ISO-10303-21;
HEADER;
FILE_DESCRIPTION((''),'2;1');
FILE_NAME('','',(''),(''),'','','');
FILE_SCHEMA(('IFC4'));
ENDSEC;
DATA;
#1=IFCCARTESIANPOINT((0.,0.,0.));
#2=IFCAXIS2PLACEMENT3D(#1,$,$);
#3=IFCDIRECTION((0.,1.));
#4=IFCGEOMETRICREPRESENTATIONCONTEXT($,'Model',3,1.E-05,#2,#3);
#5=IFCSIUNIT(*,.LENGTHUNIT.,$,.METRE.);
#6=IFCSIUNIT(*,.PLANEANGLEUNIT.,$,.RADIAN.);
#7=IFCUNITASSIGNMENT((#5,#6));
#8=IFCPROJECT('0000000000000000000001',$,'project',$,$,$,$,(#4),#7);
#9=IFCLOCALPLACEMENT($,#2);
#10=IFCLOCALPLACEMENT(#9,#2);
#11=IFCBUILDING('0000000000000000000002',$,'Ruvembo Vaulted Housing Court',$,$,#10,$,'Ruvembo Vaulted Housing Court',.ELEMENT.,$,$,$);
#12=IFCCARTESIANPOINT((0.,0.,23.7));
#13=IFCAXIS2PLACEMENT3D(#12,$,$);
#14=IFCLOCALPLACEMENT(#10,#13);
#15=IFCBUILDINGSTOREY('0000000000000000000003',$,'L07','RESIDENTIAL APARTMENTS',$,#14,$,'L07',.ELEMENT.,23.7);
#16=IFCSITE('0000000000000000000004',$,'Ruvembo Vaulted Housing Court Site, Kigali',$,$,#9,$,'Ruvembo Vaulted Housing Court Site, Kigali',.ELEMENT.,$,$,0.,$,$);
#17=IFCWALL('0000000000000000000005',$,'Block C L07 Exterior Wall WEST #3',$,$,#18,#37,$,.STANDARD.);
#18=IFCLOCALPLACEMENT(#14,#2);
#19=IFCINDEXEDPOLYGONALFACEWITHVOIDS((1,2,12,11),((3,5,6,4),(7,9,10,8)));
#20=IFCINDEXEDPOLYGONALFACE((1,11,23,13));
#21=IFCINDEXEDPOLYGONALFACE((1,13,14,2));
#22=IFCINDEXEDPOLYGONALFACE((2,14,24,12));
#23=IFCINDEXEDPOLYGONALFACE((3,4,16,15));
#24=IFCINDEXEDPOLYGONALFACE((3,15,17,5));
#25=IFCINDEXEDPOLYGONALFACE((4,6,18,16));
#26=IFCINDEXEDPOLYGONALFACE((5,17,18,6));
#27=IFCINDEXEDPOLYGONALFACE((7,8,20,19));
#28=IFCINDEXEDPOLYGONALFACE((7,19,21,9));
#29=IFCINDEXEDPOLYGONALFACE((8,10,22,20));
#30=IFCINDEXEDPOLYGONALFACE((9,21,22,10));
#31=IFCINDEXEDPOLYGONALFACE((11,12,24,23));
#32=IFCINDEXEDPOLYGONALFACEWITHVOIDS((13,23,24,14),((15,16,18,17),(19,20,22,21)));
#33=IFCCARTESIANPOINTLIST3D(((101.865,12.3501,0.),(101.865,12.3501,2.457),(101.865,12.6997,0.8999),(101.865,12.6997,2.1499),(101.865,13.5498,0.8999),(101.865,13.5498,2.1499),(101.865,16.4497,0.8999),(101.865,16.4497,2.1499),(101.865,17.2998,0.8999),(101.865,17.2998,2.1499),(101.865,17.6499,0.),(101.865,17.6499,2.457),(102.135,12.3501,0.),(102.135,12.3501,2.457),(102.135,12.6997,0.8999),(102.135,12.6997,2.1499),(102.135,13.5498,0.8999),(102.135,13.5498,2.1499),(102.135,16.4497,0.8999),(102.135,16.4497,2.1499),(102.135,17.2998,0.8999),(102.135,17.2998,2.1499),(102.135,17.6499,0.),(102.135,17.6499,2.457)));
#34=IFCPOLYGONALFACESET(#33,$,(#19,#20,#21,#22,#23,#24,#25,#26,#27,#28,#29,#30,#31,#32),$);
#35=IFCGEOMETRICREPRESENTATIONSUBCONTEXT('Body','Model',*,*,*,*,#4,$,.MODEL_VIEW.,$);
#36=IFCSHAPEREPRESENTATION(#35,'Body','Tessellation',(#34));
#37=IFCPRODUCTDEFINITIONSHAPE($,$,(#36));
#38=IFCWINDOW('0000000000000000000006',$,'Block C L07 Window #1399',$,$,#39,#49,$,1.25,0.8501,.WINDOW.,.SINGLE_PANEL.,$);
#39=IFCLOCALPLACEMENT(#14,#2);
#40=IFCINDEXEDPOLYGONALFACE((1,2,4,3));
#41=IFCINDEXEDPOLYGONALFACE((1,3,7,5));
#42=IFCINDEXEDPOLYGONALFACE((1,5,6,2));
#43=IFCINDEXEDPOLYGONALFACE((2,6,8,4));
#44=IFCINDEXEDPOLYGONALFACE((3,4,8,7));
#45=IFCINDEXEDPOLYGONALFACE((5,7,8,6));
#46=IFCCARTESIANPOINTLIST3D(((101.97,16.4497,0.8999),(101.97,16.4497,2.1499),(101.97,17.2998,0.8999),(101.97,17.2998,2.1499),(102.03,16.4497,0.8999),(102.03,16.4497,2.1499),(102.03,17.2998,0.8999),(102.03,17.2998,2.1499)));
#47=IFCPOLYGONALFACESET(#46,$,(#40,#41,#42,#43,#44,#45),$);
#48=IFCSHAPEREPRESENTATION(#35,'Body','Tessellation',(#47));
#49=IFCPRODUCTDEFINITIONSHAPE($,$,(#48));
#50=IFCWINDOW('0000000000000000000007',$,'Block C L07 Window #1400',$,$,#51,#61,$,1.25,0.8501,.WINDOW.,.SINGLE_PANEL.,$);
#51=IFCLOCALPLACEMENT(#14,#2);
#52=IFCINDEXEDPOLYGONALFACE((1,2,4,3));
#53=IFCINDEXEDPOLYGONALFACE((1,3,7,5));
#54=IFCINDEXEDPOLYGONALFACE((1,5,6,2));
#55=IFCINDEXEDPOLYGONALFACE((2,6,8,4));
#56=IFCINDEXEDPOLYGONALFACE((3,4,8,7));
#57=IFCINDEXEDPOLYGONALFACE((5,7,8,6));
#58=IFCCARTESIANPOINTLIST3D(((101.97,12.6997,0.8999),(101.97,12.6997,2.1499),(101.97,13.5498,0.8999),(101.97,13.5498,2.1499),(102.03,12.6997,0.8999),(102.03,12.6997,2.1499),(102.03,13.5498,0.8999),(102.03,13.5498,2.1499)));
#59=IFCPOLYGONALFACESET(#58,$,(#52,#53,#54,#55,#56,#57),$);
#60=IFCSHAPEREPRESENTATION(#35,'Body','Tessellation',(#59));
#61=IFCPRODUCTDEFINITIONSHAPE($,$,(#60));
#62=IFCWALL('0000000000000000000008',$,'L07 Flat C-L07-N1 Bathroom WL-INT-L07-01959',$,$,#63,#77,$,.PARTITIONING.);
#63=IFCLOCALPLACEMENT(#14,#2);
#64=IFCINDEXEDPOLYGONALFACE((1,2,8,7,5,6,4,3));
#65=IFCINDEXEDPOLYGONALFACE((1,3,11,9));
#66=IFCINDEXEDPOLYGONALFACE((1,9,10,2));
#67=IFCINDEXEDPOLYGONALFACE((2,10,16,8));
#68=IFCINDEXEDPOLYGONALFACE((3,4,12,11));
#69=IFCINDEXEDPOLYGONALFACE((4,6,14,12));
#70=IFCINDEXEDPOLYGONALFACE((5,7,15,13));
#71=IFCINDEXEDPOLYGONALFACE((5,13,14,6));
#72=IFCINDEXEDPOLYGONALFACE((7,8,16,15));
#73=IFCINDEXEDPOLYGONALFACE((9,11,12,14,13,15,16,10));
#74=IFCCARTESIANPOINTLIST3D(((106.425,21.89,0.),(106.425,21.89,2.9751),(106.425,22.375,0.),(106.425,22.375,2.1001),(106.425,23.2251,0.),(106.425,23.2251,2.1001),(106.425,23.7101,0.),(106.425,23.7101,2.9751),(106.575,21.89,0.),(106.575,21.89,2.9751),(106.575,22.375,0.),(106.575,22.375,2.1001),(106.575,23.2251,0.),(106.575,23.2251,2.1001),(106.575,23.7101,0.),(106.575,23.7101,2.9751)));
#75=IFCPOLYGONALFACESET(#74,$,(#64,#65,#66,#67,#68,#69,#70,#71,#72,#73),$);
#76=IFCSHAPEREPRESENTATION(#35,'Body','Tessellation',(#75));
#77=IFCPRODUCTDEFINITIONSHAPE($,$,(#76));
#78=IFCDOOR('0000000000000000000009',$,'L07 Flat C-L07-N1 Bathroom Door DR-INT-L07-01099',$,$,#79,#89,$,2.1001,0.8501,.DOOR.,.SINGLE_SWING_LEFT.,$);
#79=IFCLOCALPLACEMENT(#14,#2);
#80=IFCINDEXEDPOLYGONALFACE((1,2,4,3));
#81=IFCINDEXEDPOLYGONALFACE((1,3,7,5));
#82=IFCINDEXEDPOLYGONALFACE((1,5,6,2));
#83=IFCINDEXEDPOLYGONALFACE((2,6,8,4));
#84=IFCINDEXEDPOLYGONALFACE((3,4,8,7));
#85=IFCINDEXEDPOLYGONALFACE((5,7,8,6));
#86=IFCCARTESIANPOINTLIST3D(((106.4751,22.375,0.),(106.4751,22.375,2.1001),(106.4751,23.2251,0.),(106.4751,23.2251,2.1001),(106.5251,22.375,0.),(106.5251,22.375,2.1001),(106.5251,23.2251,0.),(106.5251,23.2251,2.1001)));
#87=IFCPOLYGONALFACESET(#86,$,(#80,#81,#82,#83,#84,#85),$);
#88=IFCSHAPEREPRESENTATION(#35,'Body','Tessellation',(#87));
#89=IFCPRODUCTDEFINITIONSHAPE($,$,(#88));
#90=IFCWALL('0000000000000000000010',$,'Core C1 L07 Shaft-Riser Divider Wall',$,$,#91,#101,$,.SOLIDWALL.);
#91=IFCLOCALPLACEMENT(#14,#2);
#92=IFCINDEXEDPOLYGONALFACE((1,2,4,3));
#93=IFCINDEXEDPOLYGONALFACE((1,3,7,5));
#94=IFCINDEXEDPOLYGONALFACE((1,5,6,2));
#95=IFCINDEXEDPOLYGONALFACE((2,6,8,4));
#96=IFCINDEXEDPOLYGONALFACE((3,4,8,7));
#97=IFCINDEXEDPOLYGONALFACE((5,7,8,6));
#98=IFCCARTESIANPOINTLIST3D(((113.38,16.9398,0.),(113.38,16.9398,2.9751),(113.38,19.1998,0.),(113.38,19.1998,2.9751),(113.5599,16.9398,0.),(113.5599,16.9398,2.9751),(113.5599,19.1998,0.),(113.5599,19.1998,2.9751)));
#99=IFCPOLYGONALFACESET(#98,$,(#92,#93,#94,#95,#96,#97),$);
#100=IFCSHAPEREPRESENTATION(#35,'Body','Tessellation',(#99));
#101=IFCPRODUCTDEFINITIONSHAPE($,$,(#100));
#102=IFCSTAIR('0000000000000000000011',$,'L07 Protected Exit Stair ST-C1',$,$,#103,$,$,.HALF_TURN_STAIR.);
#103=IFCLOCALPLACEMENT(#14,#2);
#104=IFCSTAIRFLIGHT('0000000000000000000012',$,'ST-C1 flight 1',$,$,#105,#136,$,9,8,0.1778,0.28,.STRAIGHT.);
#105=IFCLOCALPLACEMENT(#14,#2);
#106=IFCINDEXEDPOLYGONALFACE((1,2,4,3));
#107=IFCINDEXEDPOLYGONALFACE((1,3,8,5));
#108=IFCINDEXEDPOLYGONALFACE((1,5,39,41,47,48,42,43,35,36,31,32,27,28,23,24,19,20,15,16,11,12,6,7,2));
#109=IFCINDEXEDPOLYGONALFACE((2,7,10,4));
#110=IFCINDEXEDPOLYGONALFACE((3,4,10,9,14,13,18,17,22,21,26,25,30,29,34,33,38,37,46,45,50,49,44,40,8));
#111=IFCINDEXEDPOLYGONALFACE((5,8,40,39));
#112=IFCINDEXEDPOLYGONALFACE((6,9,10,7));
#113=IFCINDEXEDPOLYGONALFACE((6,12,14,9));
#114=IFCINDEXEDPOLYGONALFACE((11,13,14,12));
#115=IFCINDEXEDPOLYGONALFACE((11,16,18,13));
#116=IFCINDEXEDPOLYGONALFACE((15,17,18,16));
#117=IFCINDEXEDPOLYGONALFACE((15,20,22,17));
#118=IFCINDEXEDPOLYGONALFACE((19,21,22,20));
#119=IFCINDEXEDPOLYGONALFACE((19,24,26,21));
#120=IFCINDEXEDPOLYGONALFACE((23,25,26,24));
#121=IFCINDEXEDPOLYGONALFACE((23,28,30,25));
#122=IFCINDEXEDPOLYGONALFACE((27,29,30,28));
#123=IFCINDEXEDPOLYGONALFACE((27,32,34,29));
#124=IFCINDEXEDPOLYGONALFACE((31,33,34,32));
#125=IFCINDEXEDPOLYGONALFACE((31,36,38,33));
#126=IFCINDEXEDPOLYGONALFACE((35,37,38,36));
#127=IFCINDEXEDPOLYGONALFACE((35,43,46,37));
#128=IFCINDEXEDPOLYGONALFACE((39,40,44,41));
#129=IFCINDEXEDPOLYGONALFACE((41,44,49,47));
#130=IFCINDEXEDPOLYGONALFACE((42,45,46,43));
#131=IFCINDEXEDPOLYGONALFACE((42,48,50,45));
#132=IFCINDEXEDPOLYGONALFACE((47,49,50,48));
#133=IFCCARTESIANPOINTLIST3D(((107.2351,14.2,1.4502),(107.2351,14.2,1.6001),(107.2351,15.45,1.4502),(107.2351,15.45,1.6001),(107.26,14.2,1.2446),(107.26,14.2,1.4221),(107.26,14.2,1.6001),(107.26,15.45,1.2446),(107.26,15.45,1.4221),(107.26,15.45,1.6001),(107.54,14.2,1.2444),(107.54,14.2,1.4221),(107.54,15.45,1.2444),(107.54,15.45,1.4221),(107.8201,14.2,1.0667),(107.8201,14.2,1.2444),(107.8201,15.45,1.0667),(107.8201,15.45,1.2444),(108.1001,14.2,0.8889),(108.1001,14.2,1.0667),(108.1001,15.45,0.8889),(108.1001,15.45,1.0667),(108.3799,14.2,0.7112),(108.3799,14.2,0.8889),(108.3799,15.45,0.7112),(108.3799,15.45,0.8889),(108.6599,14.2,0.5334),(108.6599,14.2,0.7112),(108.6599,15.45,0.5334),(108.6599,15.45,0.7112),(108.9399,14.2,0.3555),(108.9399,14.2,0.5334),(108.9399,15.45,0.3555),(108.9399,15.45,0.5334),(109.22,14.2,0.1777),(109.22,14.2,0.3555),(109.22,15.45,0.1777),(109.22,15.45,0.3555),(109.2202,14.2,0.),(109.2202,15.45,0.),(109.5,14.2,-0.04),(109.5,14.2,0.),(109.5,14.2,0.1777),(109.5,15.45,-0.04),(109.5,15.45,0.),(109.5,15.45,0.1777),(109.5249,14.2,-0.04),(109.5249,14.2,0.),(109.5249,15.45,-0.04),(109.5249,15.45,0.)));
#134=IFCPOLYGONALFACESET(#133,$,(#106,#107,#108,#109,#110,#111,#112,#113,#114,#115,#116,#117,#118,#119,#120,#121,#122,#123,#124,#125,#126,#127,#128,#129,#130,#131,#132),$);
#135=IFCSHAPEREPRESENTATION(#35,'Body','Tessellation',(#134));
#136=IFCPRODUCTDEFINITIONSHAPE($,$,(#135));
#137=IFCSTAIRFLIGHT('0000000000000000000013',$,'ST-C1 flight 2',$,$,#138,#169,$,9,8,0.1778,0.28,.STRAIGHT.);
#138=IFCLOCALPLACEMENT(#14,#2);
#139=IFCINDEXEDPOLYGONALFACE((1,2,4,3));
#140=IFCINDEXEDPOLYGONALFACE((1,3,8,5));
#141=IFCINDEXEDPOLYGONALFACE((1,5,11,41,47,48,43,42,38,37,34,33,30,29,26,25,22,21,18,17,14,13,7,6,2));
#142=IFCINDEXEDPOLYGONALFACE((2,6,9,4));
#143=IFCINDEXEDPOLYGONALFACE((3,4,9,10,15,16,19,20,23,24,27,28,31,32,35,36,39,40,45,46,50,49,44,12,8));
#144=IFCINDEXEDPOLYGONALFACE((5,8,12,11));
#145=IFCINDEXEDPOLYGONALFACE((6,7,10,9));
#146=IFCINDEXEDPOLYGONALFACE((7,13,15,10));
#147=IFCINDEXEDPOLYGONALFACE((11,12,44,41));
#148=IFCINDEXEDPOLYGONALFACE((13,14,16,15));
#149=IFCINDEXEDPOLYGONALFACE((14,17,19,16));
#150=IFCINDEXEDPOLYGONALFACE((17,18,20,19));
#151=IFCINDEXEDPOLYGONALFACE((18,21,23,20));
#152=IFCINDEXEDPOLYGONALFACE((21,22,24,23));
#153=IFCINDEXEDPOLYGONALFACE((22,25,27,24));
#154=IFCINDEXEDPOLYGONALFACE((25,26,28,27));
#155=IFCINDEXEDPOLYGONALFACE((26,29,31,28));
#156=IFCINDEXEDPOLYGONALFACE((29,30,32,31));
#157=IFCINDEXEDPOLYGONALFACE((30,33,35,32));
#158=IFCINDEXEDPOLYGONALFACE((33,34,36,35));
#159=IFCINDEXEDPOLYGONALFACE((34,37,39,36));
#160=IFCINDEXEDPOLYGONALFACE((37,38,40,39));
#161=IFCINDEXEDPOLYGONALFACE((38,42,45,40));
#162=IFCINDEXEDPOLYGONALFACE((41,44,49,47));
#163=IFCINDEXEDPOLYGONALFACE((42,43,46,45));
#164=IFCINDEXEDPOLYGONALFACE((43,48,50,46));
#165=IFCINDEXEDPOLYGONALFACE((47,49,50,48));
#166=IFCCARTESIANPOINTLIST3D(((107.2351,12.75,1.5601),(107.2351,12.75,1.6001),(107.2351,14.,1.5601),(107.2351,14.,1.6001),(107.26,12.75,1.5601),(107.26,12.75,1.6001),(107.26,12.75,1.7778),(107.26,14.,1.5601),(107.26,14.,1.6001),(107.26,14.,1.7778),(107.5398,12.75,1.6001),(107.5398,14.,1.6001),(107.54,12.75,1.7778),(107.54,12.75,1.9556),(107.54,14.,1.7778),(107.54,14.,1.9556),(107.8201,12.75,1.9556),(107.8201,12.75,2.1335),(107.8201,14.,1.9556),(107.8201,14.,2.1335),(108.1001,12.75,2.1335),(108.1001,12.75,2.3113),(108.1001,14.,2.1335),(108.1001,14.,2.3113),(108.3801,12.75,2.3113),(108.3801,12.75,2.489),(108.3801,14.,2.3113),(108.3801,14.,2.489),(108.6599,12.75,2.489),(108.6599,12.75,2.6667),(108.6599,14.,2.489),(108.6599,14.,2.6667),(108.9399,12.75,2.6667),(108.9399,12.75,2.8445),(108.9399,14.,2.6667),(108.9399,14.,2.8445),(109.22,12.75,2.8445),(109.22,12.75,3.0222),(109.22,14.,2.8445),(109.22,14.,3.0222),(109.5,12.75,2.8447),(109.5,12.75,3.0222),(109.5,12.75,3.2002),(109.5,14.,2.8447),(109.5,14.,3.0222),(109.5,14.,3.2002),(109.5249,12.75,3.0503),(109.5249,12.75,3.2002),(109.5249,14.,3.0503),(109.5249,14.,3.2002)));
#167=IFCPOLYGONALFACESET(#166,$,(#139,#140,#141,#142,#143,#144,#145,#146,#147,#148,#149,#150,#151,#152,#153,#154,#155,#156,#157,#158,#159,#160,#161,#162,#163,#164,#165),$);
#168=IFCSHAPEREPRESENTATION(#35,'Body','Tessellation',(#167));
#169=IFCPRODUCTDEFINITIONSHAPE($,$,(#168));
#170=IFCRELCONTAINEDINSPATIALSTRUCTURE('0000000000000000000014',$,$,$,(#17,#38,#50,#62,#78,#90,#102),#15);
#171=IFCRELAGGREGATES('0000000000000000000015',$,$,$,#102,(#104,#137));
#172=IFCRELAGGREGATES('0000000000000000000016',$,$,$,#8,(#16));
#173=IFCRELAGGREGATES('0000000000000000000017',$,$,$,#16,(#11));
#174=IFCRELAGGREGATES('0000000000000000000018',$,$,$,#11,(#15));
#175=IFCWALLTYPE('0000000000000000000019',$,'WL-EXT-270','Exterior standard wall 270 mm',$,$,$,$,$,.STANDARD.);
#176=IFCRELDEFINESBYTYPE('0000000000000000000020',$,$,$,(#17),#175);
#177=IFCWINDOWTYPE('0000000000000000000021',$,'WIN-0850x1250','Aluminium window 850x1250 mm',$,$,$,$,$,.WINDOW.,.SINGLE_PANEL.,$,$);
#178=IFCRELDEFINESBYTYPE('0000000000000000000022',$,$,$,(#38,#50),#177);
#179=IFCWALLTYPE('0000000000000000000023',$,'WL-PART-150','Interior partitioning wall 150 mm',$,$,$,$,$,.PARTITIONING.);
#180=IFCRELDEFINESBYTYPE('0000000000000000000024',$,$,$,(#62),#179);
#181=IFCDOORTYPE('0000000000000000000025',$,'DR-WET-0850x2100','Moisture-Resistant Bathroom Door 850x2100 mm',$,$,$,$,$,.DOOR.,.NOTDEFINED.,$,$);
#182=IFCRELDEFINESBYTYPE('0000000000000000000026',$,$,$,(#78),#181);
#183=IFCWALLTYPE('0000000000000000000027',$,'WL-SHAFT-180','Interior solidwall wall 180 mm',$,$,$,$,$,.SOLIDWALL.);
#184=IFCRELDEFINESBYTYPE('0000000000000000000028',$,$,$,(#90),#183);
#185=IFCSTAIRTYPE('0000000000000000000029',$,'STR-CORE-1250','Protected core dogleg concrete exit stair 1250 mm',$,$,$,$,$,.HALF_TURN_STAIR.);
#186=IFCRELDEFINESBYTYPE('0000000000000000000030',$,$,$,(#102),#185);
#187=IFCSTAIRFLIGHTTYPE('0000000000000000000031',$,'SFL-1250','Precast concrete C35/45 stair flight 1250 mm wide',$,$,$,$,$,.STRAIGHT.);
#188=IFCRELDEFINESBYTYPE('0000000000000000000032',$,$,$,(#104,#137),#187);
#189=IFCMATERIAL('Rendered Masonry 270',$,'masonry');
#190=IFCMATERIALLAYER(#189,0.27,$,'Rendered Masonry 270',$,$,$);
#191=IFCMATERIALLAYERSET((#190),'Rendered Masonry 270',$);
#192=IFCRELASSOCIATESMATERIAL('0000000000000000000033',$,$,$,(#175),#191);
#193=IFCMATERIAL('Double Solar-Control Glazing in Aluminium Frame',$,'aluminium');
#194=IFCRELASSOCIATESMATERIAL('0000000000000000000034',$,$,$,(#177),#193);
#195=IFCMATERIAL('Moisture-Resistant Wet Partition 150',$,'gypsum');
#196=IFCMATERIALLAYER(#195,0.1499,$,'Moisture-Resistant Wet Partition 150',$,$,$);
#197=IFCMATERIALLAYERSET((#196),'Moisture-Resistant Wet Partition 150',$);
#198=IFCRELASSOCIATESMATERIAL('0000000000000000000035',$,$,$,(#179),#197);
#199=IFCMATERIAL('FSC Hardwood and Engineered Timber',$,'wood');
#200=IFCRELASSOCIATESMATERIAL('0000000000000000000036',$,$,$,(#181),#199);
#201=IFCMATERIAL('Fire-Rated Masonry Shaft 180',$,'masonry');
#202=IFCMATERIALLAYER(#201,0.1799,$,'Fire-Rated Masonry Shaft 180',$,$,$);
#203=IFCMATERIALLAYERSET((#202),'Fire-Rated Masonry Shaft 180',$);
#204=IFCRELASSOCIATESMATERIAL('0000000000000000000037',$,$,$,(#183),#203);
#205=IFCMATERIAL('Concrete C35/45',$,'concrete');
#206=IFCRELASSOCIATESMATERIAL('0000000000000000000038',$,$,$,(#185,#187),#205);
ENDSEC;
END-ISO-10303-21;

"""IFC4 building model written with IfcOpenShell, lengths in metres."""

from ifc_helpers import new_model, si_unit, direction, frame, frame_2d, origin, place, context, subcontext, project, spatial, polyline, rectangle, outline, extrude, material, layer, layer_set, type_object, element, fill, aggregate, save


model = new_model("IFC4")

# Units and contexts
model_context = context("Model", 3, precision=1e-05, world=origin(), true_north=direction((0.0, 1.0)))
body_context = subcontext(model_context, "Body", "Model", "MODEL_VIEW")
ifc_project = project(units=[si_unit("LENGTHUNIT", "METRE"), si_unit("PLANEANGLEUNIT", "RADIAN")], contexts=[model_context])

# Site, building, storey
site_placement = place(None, origin())
site = spatial("IfcSite", under=ifc_project, at=site_placement, Name="Ruvembo Vaulted Housing Court Site, Kigali", LongName="Ruvembo Vaulted Housing Court Site, Kigali", CompositionType="ELEMENT", RefElevation=0.0)
building_placement = place(site_placement, origin())
building = spatial("IfcBuilding", under=site, at=building_placement, Name="Ruvembo Vaulted Housing Court", LongName="Ruvembo Vaulted Housing Court", CompositionType="ELEMENT")
storey_placement = place(building_placement, frame((0.0, 0.0, 23.7)))
storey = spatial("IfcBuildingStorey", under=building, at=storey_placement, Name="L07", Description="RESIDENTIAL APARTMENTS", LongName="L07", CompositionType="ELEMENT", Elevation=23.7)

# Shared definitions
ifc_material_1 = material(Name="Concrete C35/45", Category="concrete")

# Shared definitions
ifc_material_2 = material(Name="FSC Hardwood and Engineered Timber", Category="wood")

# Wall, openings, windows
ifc_material_3 = material(Name="Rendered Masonry 270", Category="masonry")
ifc_layer_1 = layer(ifc_material_3, 0.27, Name="Rendered Masonry 270")
ifc_layer_set_1 = layer_set([ifc_layer_1], Name="Rendered Masonry 270")
wall_type_1 = type_object("IfcWallType", Name="WL-EXT-270", Description="Exterior standard wall 270 mm", PredefinedType="STANDARD", material=ifc_layer_set_1)
wall_1_placement = place(storey_placement, frame((102.0, 17.6499, 0.0), z_axis=(0.0, 0.0, 1.0), x_axis=(0.0, -1.0, 0.0)))
wall_1 = element("IfcWall", 1, at=wall_1_placement, inside=storey, type_object=wall_type_1, Name="Block C L07 Exterior Wall WEST #3", PredefinedType="STANDARD", context=body_context, shape_type="SweptSolid", body=[
    extrude(rectangle(XDim=5.2998, YDim=0.27, at=frame_2d((2.6499, 0.0))), origin(), (0.0, 0.0, 1.0), 2.457),
])
opening_1_placement = place(wall_1_placement, frame((0.3501, 0.0, 0.8999)))
opening_1 = element("IfcOpeningElement", 2, at=opening_1_placement, cuts=wall_1, PredefinedType="OPENING", context=body_context, shape_type="SweptSolid", body=[
    extrude(rectangle(XDim=0.8501, YDim=1.25, at=frame_2d((0.425, 0.625))), frame((0.0, 0.145, 0.0), z_axis=(0.0, -1.0, 0.0), x_axis=(1.0, 0.0, 0.0)), (0.0, 0.0, 1.0), 0.29),
])
opening_2_placement = place(wall_1_placement, frame((4.1001, 0.0, 0.8999)))
opening_2 = element("IfcOpeningElement", 3, at=opening_2_placement, cuts=wall_1, PredefinedType="OPENING", context=body_context, shape_type="SweptSolid", body=[
    extrude(rectangle(XDim=0.8501, YDim=1.25, at=frame_2d((0.425, 0.625))), frame((0.0, 0.145, 0.0), z_axis=(0.0, -1.0, 0.0), x_axis=(1.0, 0.0, 0.0)), (0.0, 0.0, 1.0), 0.29),
])
ifc_material_4 = material(Name="Double Solar-Control Glazing in Aluminium Frame", Category="aluminium")
window_type = type_object("IfcWindowType", Name="WIN-0850x1250", Description="Aluminium window 850x1250 mm", PartitioningType="SINGLE_PANEL", PredefinedType="WINDOW", material=ifc_material_4)
window_1_placement = place(opening_1_placement, origin())
window_1 = element("IfcWindow", 4, at=window_1_placement, inside=storey, type_object=window_type, Name="Block C L07 Window #1399", OverallHeight=1.25, OverallWidth=0.8501, PartitioningType="SINGLE_PANEL", PredefinedType="WINDOW", context=body_context, shape_type="SweptSolid", body=[
    extrude(rectangle(XDim=0.8501, YDim=1.25, at=frame_2d((0.425, 0.625))), frame((0.0, 0.03, 0.0), z_axis=(0.0, -1.0, 0.0), x_axis=(1.0, 0.0, 0.0)), (0.0, 0.0, 1.0), 0.0601),
])
fill(opening_1, window_1)
window_2_placement = place(opening_2_placement, origin())
window_2 = element("IfcWindow", 5, at=window_2_placement, inside=storey, type_object=window_type, Name="Block C L07 Window #1400", OverallHeight=1.25, OverallWidth=0.8501, PartitioningType="SINGLE_PANEL", PredefinedType="WINDOW", context=body_context, shape_type="SweptSolid", body=[
    extrude(rectangle(XDim=0.8501, YDim=1.25, at=frame_2d((0.425, 0.625))), frame((0.0, 0.03, 0.0), z_axis=(0.0, -1.0, 0.0), x_axis=(1.0, 0.0, 0.0)), (0.0, 0.0, 1.0), 0.0601),
])
fill(opening_2, window_2)

# Wall, opening, door
ifc_material_5 = material(Name="Moisture-Resistant Wet Partition 150", Category="gypsum")
ifc_layer_2 = layer(ifc_material_5, 0.1499, Name="Moisture-Resistant Wet Partition 150")
ifc_layer_set_2 = layer_set([ifc_layer_2], Name="Moisture-Resistant Wet Partition 150")
wall_type_2 = type_object("IfcWallType", Name="WL-PART-150", Description="Interior partitioning wall 150 mm", PredefinedType="PARTITIONING", material=ifc_layer_set_2)
wall_2_placement = place(storey_placement, frame((106.5, 21.8899, 0.0), z_axis=(0.0, 0.0, 1.0), x_axis=(0.0, 1.0, 0.0)))
wall_2 = element("IfcWall", 6, at=wall_2_placement, inside=storey, type_object=wall_type_2, Name="L07 Flat C-L07-N1 Bathroom WL-INT-L07-01959", PredefinedType="PARTITIONING", context=body_context, shape_type="SweptSolid", body=[
    extrude(rectangle(XDim=1.8201, YDim=0.1499, at=frame_2d((0.9102, 0.0))), origin(), (0.0, 0.0, 1.0), 2.9751),
])
opening_3_placement = place(wall_2_placement, frame((0.4851, 0.0, 0.0)))
opening_3 = element("IfcOpeningElement", 7, at=opening_3_placement, cuts=wall_2, PredefinedType="OPENING", context=body_context, shape_type="SweptSolid", body=[
    extrude(rectangle(XDim=0.8501, YDim=2.1001, at=frame_2d((0.425, 1.05))), frame((0.0, 0.085, 0.0), z_axis=(0.0, -1.0, 0.0), x_axis=(1.0, 0.0, 0.0)), (0.0, 0.0, 1.0), 0.1699),
])
door_type_1 = type_object("IfcDoorType", Name="DR-WET-0850x2100", Description="Moisture-Resistant Bathroom Door 850x2100 mm", OperationType="NOTDEFINED", PredefinedType="DOOR", material=ifc_material_2)
door_1_placement = place(opening_3_placement, origin())
door_1 = element("IfcDoor", 8, at=door_1_placement, inside=storey, type_object=door_type_1, Name="L07 Flat C-L07-N1 Bathroom Door DR-INT-L07-01099", OperationType="SINGLE_SWING_LEFT", OverallHeight=2.1001, OverallWidth=0.8501, PredefinedType="DOOR", context=body_context, shape_type="SweptSolid", body=[
    extrude(rectangle(XDim=0.8501, YDim=2.1001, at=frame_2d((0.425, 1.05))), frame((0.0, 0.0249, 0.0), z_axis=(0.0, -1.0, 0.0), x_axis=(1.0, 0.0, 0.0)), (0.0, 0.0, 1.0), 0.05),
])
fill(opening_3, door_1)

# Shared definitions
ifc_material_6 = material(Name="Fire-Rated Masonry Shaft 180", Category="masonry")
ifc_layer_3 = layer(ifc_material_6, 0.1799, Name="Fire-Rated Masonry Shaft 180")
ifc_layer_set_3 = layer_set([ifc_layer_3], Name="Fire-Rated Masonry Shaft 180")
wall_type_3 = type_object("IfcWallType", Name="WL-SHAFT-180", Description="Interior solidwall wall 180 mm", PredefinedType="SOLIDWALL", material=ifc_layer_set_3)

# Wall
wall_3_placement = place(storey_placement, frame((113.47, 16.9399, 0.0), z_axis=(0.0, 0.0, 1.0), x_axis=(0.0, 1.0, 0.0)))
element("IfcWall", 9, at=wall_3_placement, inside=storey, type_object=wall_type_3, Name="Core C1 L07 Shaft-Riser Divider Wall", PredefinedType="SOLIDWALL", context=body_context, shape_type="SweptSolid", body=[
    extrude(rectangle(XDim=2.26, YDim=0.1799, at=frame_2d((1.1299, 0.0))), origin(), (0.0, 0.0, 1.0), 2.9751),
])

# Stair, stair flights
stair_type = type_object("IfcStairType", Name="STR-CORE-1250", Description="Protected core dogleg concrete exit stair 1250 mm", PredefinedType="HALF_TURN_STAIR", material=ifc_material_1)
stair_placement = place(storey_placement, origin())
stair = element("IfcStair", 10, at=stair_placement, inside=storey, type_object=stair_type, Name="L07 Protected Exit Stair ST-C1", PredefinedType="HALF_TURN_STAIR")
stair_flight_type = type_object("IfcStairFlightType", Name="SFL-1250", Description="Precast concrete C35/45 stair flight 1250 mm wide", PredefinedType="STRAIGHT", material=ifc_material_1)
stair_flight_1_placement = place(storey_placement, frame((109.5, 14.825, 0.0), z_axis=(0.0, 0.0, 1.0), x_axis=(-1.0, 0.0, 0.0)))
stair_flight_1 = element("IfcStairFlight", 11, at=stair_flight_1_placement, type_object=stair_flight_type, Name="ST-C1 flight 1", NumberOfRisers=9, NumberOfTreads=8, PredefinedType="STRAIGHT", RiserHeight=0.1778, TreadLength=0.28, context=body_context, shape_type="SweptSolid", body=[
    extrude(outline(polyline([(-0.0249, -0.04), (-0.0249, 0.0), (0.0, 0.0), (0.0, 0.1777), (0.28, 0.1777), (0.28, 0.3555), (0.5601, 0.3555), (0.5601, 0.5334), (0.8401, 0.5334), (0.8401, 0.7112), (1.1201, 0.7112), (1.1201, 0.8889), (1.3999, 0.8889), (1.3999, 1.0667), (1.6799, 1.0667), (1.6799, 1.2444), (1.96, 1.2444), (1.96, 1.4221), (2.24, 1.4221), (2.24, 1.6001), (2.2649, 1.6001), (2.2649, 1.4502), (2.24, 1.2446), (0.2798, 0.0), (0.0, -0.04), (-0.0249, -0.04)])), frame((0.0, 0.625, 0.0), z_axis=(0.0, -1.0, 0.0), x_axis=(1.0, 0.0, 0.0)), (0.0, 0.0, 1.0), 1.25),
])
stair_flight_2_placement = place(storey_placement, frame((107.26, 13.375, 1.6001), z_axis=(0.0, 0.0, 1.0), x_axis=(1.0, 0.0, 0.0)))
stair_flight_2 = element("IfcStairFlight", 12, at=stair_flight_2_placement, type_object=stair_flight_type, Name="ST-C1 flight 2", NumberOfRisers=9, NumberOfTreads=8, PredefinedType="STRAIGHT", RiserHeight=0.1778, TreadLength=0.28, context=body_context, shape_type="SweptSolid", body=[
    extrude(outline(polyline([(-0.0249, -0.04), (-0.0249, 0.0), (0.0, 0.0), (0.0, 0.1777), (0.28, 0.1777), (0.28, 0.3555), (0.5601, 0.3555), (0.5601, 0.5334), (0.8401, 0.5334), (0.8401, 0.7112), (1.1201, 0.7112), (1.1201, 0.8889), (1.3999, 0.8889), (1.3999, 1.0667), (1.6799, 1.0667), (1.6799, 1.2444), (1.96, 1.2444), (1.96, 1.4221), (2.24, 1.4221), (2.24, 1.6001), (2.2649, 1.6001), (2.2649, 1.4502), (2.24, 1.2446), (0.2798, 0.0), (0.0, -0.04), (-0.0249, -0.04)])), frame((0.0, 0.625, 0.0), z_axis=(0.0, -1.0, 0.0), x_axis=(1.0, 0.0, 0.0)), (0.0, 0.0, 1.0), 1.25),
])
aggregate(stair, [stair_flight_1, stair_flight_2])

save(model, "model.ifc")
